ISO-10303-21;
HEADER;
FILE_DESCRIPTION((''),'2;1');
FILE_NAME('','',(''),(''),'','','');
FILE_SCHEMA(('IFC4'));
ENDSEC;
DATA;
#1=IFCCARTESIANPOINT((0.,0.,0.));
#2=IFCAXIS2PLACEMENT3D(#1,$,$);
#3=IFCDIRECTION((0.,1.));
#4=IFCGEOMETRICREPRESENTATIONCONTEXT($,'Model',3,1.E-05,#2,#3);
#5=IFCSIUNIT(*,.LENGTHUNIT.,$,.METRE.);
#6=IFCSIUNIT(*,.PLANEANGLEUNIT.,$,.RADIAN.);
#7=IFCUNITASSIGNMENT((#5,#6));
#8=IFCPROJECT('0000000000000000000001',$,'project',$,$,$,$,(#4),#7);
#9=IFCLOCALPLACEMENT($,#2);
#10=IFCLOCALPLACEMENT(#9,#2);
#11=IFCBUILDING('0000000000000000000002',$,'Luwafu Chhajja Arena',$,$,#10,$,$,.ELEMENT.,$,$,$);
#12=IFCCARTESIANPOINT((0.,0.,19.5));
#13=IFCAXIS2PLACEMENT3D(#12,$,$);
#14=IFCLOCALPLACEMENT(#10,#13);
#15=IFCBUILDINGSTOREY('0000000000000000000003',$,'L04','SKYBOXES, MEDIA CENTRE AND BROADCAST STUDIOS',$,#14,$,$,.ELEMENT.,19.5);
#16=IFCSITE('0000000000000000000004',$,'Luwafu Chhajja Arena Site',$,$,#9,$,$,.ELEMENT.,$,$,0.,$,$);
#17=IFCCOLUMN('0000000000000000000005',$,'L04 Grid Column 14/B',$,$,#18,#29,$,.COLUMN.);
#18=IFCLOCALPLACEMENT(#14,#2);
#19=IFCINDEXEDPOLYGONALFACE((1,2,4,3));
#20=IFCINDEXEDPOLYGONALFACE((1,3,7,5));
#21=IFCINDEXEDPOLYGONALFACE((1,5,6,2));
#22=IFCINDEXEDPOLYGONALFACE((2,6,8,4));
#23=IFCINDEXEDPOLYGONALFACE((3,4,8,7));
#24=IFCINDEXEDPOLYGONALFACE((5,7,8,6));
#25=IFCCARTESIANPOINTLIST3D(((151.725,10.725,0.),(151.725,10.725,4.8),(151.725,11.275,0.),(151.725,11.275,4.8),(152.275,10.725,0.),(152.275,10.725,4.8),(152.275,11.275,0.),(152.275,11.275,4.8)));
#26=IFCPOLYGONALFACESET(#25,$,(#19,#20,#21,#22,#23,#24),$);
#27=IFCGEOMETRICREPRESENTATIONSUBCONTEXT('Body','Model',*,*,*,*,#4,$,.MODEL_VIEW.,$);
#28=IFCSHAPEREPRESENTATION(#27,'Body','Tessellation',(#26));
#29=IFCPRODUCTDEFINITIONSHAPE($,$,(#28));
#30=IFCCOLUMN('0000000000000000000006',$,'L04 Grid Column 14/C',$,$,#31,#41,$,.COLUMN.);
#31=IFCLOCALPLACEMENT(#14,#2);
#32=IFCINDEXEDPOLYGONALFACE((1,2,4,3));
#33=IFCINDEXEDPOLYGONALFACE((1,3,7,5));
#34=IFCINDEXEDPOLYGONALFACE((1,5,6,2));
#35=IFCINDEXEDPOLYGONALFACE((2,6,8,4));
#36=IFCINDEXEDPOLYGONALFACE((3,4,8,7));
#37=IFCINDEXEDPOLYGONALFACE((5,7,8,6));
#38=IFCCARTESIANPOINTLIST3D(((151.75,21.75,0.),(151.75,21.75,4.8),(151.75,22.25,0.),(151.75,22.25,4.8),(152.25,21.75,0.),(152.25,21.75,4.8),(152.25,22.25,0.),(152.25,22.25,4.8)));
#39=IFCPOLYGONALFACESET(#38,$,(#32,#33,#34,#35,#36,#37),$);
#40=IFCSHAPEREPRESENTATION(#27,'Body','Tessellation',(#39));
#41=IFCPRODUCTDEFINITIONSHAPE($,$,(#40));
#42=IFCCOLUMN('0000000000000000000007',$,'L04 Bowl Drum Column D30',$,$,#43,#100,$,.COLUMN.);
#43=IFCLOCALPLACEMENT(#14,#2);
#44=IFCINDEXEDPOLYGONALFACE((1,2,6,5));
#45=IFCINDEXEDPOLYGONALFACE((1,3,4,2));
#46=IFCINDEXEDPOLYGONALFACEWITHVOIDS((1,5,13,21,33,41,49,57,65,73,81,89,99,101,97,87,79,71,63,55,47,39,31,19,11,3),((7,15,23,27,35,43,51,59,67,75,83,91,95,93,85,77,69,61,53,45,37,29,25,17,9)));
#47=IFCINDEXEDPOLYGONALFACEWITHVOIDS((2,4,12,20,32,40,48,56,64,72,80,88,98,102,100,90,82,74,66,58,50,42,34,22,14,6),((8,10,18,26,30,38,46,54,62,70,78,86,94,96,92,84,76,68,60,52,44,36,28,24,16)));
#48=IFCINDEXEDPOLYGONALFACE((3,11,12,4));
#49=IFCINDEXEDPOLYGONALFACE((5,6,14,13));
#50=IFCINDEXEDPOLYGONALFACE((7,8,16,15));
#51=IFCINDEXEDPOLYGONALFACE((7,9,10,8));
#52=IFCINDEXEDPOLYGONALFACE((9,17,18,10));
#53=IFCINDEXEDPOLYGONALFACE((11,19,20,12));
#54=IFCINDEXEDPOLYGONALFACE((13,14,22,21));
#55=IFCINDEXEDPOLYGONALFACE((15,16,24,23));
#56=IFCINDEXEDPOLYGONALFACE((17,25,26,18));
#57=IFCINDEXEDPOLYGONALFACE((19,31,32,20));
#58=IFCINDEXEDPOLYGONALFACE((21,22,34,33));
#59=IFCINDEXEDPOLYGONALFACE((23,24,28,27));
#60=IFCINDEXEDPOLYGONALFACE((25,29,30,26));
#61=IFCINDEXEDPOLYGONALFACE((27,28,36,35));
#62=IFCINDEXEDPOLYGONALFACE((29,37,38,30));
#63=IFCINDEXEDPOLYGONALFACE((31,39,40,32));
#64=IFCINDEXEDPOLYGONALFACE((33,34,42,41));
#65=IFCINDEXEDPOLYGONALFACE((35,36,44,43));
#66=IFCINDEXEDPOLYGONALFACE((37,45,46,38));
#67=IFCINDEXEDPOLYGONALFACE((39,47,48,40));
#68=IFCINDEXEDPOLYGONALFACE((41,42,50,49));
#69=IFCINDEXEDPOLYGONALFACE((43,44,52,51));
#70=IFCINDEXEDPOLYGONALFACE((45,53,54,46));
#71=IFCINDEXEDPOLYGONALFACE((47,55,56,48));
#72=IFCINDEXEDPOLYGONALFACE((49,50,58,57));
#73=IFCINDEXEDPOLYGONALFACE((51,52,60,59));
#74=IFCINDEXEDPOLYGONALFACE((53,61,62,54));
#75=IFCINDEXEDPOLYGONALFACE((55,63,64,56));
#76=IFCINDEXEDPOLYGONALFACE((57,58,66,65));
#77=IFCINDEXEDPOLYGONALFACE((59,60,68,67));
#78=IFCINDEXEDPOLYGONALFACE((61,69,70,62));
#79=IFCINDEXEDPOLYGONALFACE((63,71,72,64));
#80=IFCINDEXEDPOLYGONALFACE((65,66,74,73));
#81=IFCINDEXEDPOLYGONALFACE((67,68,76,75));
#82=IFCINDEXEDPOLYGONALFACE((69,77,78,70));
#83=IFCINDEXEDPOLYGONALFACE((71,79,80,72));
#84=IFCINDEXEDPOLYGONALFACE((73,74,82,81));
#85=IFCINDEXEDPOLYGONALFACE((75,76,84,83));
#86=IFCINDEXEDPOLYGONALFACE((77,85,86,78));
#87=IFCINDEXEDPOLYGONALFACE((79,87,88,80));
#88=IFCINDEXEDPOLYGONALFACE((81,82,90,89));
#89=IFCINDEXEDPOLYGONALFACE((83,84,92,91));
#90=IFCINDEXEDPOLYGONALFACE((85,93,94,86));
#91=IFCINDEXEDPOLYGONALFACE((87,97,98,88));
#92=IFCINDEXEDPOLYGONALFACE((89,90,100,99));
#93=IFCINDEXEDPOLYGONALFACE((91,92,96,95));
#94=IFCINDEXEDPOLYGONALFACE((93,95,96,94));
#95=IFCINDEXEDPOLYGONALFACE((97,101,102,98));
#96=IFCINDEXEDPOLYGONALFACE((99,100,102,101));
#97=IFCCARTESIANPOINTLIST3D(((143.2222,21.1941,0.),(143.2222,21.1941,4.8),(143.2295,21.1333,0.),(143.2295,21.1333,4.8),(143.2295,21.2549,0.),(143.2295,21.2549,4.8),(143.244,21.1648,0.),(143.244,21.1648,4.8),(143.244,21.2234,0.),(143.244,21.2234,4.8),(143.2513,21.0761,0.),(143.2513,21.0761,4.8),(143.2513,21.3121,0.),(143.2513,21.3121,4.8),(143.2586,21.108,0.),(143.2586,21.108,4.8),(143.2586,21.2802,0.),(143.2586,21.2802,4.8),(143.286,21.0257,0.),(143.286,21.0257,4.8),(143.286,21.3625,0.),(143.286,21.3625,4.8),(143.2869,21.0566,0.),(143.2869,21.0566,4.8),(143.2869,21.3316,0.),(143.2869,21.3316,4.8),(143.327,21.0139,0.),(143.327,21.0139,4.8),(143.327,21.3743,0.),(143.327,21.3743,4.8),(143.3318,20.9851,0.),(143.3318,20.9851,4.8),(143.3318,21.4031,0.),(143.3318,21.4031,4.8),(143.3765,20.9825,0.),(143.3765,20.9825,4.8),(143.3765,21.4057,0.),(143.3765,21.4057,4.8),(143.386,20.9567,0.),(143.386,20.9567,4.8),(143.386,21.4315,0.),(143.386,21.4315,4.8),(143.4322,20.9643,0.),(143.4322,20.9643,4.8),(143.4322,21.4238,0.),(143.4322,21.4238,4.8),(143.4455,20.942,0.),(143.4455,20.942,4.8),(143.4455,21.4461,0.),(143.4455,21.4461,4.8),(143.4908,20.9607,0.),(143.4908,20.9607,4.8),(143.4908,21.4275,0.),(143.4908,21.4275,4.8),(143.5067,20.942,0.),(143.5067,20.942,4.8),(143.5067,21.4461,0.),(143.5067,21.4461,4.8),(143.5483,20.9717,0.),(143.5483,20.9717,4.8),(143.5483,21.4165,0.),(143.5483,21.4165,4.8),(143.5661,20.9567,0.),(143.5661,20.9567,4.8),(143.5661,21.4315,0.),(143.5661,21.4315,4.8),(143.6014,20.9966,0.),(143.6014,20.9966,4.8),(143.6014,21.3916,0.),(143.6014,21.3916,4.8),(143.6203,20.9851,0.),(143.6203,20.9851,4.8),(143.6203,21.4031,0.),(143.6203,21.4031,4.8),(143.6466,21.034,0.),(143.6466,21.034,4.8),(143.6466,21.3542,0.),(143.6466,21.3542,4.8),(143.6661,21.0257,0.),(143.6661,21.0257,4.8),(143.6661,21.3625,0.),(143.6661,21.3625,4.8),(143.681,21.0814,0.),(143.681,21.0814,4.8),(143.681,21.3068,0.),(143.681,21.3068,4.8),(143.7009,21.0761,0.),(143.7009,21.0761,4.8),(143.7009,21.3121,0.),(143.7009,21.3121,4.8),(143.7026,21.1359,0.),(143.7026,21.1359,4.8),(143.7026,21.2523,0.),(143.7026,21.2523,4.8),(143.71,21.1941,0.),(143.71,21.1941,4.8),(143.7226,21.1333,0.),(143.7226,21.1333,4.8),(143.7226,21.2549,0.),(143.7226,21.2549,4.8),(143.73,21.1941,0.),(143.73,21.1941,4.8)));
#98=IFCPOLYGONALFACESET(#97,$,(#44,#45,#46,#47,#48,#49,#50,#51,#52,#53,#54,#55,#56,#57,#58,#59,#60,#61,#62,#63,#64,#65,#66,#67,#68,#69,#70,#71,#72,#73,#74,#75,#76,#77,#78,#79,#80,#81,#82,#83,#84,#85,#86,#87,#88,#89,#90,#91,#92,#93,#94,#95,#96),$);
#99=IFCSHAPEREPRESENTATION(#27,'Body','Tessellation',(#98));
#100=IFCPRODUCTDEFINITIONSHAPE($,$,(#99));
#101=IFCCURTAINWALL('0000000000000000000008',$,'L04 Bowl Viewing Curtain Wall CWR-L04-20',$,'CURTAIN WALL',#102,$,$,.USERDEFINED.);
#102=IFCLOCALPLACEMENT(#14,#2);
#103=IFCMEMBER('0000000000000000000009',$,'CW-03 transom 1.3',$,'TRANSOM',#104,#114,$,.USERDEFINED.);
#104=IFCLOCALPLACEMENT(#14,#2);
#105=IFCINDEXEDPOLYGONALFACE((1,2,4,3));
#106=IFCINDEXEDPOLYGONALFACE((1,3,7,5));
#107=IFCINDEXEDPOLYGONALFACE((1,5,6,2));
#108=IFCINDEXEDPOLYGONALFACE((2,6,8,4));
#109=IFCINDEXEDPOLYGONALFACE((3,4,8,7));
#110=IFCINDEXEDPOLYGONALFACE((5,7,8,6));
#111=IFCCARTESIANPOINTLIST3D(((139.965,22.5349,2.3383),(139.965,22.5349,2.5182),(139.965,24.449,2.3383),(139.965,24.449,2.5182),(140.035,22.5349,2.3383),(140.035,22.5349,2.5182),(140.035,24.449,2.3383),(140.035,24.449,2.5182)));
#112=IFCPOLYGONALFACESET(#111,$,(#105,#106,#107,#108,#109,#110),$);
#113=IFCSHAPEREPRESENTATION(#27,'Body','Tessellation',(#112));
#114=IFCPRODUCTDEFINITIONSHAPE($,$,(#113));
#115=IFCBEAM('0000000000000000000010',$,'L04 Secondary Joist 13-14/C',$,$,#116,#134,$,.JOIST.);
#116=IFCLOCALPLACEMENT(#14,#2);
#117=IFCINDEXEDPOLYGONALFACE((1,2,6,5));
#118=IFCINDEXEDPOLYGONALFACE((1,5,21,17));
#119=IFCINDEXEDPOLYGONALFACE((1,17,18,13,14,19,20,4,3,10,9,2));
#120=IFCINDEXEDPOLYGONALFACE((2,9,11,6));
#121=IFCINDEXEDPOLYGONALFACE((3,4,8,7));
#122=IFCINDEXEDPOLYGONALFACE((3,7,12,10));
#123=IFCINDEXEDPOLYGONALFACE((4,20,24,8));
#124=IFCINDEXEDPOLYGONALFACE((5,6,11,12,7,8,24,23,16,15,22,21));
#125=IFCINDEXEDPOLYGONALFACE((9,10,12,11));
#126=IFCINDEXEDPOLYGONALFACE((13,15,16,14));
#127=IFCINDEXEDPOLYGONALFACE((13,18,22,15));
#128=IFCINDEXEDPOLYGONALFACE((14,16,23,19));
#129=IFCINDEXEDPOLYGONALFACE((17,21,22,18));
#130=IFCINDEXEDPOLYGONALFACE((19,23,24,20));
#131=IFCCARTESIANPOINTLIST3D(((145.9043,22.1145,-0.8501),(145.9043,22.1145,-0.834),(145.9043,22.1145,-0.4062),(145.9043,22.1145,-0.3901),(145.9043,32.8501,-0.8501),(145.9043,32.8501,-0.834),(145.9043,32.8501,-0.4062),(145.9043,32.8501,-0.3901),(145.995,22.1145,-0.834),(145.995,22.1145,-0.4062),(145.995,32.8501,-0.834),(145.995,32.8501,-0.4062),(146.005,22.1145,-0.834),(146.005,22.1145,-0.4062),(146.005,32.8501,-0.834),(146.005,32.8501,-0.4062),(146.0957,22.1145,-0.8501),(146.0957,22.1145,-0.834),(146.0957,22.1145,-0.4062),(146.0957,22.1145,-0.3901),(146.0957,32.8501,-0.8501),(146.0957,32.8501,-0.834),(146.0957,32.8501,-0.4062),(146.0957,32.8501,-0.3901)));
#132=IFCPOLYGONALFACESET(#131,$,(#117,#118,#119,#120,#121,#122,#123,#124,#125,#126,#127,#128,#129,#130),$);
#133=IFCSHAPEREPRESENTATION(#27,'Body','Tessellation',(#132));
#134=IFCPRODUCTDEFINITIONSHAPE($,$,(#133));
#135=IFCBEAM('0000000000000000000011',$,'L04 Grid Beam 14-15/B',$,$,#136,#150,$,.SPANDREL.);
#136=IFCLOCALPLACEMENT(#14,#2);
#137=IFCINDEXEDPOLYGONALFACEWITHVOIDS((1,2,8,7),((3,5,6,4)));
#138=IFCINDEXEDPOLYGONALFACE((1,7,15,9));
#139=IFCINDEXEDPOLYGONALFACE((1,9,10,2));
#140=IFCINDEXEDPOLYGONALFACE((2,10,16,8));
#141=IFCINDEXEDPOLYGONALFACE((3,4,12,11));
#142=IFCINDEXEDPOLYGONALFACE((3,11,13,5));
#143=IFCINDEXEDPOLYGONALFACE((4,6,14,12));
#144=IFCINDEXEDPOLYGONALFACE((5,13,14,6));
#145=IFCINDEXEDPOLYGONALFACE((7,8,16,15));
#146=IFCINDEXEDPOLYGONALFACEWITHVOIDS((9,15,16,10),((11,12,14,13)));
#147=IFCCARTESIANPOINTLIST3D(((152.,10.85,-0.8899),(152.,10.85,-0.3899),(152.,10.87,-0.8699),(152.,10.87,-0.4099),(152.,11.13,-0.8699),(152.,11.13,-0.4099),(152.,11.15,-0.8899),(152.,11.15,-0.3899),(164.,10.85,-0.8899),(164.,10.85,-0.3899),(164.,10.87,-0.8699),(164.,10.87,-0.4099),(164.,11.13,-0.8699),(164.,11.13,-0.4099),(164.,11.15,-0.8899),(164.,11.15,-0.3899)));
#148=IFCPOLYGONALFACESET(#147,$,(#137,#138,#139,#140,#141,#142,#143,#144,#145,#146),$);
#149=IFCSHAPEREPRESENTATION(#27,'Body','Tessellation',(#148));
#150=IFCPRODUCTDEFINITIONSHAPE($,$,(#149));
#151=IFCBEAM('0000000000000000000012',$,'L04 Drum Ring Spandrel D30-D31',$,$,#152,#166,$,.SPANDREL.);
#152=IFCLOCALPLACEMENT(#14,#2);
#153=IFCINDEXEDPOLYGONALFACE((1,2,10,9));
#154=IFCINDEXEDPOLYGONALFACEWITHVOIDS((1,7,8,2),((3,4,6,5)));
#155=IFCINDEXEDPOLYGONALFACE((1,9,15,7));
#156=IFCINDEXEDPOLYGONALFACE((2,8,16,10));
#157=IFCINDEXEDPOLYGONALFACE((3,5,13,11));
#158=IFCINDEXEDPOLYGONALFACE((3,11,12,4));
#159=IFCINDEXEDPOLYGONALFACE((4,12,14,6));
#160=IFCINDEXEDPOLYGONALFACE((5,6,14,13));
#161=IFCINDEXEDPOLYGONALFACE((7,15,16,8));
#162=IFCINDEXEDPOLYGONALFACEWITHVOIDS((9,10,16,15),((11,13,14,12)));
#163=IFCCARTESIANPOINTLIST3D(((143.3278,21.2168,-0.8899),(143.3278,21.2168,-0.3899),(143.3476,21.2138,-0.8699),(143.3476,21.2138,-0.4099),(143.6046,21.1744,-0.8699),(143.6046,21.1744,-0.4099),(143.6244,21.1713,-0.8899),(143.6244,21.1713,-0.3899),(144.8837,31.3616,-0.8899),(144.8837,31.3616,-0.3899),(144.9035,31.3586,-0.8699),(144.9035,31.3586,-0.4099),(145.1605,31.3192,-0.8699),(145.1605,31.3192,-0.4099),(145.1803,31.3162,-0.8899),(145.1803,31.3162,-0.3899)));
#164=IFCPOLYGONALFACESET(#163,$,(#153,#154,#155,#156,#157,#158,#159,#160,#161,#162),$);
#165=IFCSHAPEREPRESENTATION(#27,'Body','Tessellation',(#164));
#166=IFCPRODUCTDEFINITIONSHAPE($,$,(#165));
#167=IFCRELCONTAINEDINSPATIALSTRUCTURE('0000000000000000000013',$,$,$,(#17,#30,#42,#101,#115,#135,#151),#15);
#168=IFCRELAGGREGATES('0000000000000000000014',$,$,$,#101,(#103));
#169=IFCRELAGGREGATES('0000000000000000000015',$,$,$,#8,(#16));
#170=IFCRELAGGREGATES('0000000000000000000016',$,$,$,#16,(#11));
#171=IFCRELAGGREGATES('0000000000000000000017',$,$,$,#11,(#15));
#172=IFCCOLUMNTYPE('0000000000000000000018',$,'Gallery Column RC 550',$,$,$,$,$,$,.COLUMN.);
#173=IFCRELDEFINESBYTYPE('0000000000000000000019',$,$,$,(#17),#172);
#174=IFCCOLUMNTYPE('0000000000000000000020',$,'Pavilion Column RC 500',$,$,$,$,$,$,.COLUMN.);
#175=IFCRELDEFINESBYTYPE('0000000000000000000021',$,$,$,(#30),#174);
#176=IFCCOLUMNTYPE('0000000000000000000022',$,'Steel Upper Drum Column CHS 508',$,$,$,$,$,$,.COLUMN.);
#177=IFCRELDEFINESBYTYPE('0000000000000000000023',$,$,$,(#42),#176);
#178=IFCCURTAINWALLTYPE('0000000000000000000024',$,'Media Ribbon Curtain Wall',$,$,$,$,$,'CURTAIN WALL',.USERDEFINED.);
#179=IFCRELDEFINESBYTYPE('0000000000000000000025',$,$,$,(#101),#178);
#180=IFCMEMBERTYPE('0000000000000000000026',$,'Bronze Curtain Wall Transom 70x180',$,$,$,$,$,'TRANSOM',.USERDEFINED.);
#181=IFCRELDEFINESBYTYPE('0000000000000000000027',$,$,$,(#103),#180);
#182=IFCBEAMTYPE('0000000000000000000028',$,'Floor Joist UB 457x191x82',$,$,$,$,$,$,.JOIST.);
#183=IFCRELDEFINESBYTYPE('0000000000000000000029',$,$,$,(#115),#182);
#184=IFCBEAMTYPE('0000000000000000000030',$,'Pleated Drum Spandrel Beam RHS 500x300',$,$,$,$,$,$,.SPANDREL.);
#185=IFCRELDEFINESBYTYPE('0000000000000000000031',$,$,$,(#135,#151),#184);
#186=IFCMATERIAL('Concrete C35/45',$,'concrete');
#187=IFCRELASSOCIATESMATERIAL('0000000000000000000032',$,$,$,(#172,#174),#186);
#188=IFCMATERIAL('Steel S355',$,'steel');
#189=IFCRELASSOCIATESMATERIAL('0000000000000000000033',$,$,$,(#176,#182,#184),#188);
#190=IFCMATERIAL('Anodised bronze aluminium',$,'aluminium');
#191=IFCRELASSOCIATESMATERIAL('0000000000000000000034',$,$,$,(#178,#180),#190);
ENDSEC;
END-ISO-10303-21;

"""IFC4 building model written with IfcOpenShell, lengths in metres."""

from ifc_helpers import new_model, si_unit, direction, frame, origin, origin_2d, place, context, subcontext, project, spatial, rectangle, hollow_rectangle, hollow_circle, i_section, extrude, material, material_profile, profile_set, type_object, element, aggregate, save


model = new_model("IFC4")

# Units and contexts
model_context = context("Model", 3, precision=1e-05, world=origin(), true_north=direction((0.0, 1.0)))
body_context = subcontext(model_context, "Body", "Model", "MODEL_VIEW")
ifc_project = project(units=[si_unit("LENGTHUNIT", "METRE"), si_unit("PLANEANGLEUNIT", "RADIAN")], contexts=[model_context])

# Site, building, storey
site_placement = place(None, origin())
site = spatial("IfcSite", under=ifc_project, at=site_placement, Name="Luwafu Chhajja Arena Site", CompositionType="ELEMENT", RefElevation=0.0)
building_placement = place(site_placement, origin())
building = spatial("IfcBuilding", under=site, at=building_placement, Name="Luwafu Chhajja Arena", CompositionType="ELEMENT")
storey_placement = place(building_placement, frame((0.0, 0.0, 19.5)))
storey = spatial("IfcBuildingStorey", under=building, at=storey_placement, Name="L04", Description="SKYBOXES, MEDIA CENTRE AND BROADCAST STUDIOS", CompositionType="ELEMENT", Elevation=19.5)

# Columns
ifc_material_1 = material(Name="Concrete C35/45", Category="concrete")
ifc_material_profile_1 = material_profile(ifc_material_1, rectangle(XDim=0.55, YDim=0.55, at=origin_2d()), Name="RC 550x550")
ifc_profile_set_1 = profile_set([ifc_material_profile_1], Name="Concrete C35/45")
column_type_1 = type_object("IfcColumnType", Name="Gallery Column RC 550", PredefinedType="COLUMN", material=ifc_profile_set_1)
column_1_placement = place(storey_placement, frame((152.0, 11.0, 0.0), z_axis=(0.0, 0.0, 1.0), x_axis=(1.0, 0.0, 0.0)))
element("IfcColumn", 1, at=column_1_placement, inside=storey, type_object=column_type_1, Name="L04 Grid Column 14/B", PredefinedType="COLUMN", context=body_context, shape_type="SweptSolid", body=[
    extrude(rectangle(XDim=0.55, YDim=0.55, at=origin_2d()), origin(), (0.0, 0.0, 1.0), 4.8),
])
ifc_material_profile_2 = material_profile(ifc_material_1, rectangle(XDim=0.5, YDim=0.5, at=origin_2d()), Name="RC 500x500")
ifc_profile_set_2 = profile_set([ifc_material_profile_2], Name="Concrete C35/45")
column_type_2 = type_object("IfcColumnType", Name="Pavilion Column RC 500", PredefinedType="COLUMN", material=ifc_profile_set_2)
column_2_placement = place(storey_placement, frame((152.0, 22.0, 0.0), z_axis=(0.0, 0.0, 1.0), x_axis=(1.0, 0.0, 0.0)))
element("IfcColumn", 2, at=column_2_placement, inside=storey, type_object=column_type_2, Name="L04 Grid Column 14/C", PredefinedType="COLUMN", context=body_context, shape_type="SweptSolid", body=[
    extrude(rectangle(XDim=0.5, YDim=0.5, at=origin_2d()), origin(), (0.0, 0.0, 1.0), 4.8),
])
ifc_material_2 = material(Name="Steel S355", Category="steel")
ifc_material_profile_3 = material_profile(ifc_material_2, hollow_circle(Radius=0.2539, WallThickness=0.02, at=origin_2d()), Name="CHS 508x20")
ifc_profile_set_3 = profile_set([ifc_material_profile_3], Name="Steel S355")
column_type_3 = type_object("IfcColumnType", Name="Steel Upper Drum Column CHS 508", PredefinedType="COLUMN", material=ifc_profile_set_3)
column_3_placement = place(storey_placement, frame((143.4761, 21.1941, 0.0), z_axis=(0.0, 0.0, 1.0), x_axis=(1.0, 0.0, 0.0)))
element("IfcColumn", 3, at=column_3_placement, inside=storey, type_object=column_type_3, Name="L04 Bowl Drum Column D30", PredefinedType="COLUMN", context=body_context, shape_type="SweptSolid", body=[
    extrude(hollow_circle(Radius=0.2539, WallThickness=0.02, at=origin_2d()), origin(), (0.0, 0.0, 1.0), 4.8),
])

# Curtain wall, member
ifc_material_3 = material(Name="Anodised bronze aluminium", Category="aluminium")
curtain_wall_type = type_object("IfcCurtainWallType", Name="Media Ribbon Curtain Wall", ElementType="CURTAIN WALL", PredefinedType="USERDEFINED", material=ifc_material_3)
curtain_wall_placement = place(storey_placement, origin())
curtain_wall = element("IfcCurtainWall", 4, at=curtain_wall_placement, inside=storey, type_object=curtain_wall_type, Name="L04 Bowl Viewing Curtain Wall CWR-L04-20", ObjectType="CURTAIN WALL", PredefinedType="USERDEFINED")
ifc_material_profile_4 = material_profile(ifc_material_3, rectangle(XDim=0.0701, YDim=0.1799, at=origin_2d()), Name="CWT 70x180")
ifc_profile_set_4 = profile_set([ifc_material_profile_4], Name="Anodised bronze aluminium")
member_type = type_object("IfcMemberType", Name="Bronze Curtain Wall Transom 70x180", ElementType="TRANSOM", PredefinedType="USERDEFINED", material=ifc_profile_set_4)
member_placement = place(storey_placement, frame((140.0, 22.5349, 2.4282), z_axis=(0.0, 1.0, 0.0), x_axis=(-1.0, 0.0, 0.0)))
member = element("IfcMember", 5, at=member_placement, type_object=member_type, Name="CW-03 transom 1.3", ObjectType="TRANSOM", PredefinedType="USERDEFINED", context=body_context, shape_type="SweptSolid", body=[
    extrude(rectangle(XDim=0.0701, YDim=0.1799, at=origin_2d()), origin(), (0.0, 0.0, 1.0), 1.9141),
])
aggregate(curtain_wall, [member])

# Beams
ifc_material_profile_5 = material_profile(ifc_material_2, i_section(OverallWidth=0.1914, OverallDepth=0.46, WebThickness=0.01, FlangeThickness=0.0161, at=origin_2d()), Name="UB 457x191x82")
ifc_profile_set_5 = profile_set([ifc_material_profile_5], Name="Steel S355")
beam_type_1 = type_object("IfcBeamType", Name="Floor Joist UB 457x191x82", PredefinedType="JOIST", material=ifc_profile_set_5)
beam_1_placement = place(storey_placement, frame((146.0, 22.1145, -0.6201), z_axis=(0.0, 1.0, 0.0), x_axis=(-1.0, 0.0, 0.0)))
element("IfcBeam", 6, at=beam_1_placement, inside=storey, type_object=beam_type_1, Name="L04 Secondary Joist 13-14/C", PredefinedType="JOIST", context=body_context, shape_type="SweptSolid", body=[
    extrude(i_section(OverallWidth=0.1914, OverallDepth=0.46, WebThickness=0.01, FlangeThickness=0.0161, at=origin_2d()), origin(), (0.0, 0.0, 1.0), 10.7356),
])
ifc_material_profile_6 = material_profile(ifc_material_2, hollow_rectangle(XDim=0.3, YDim=0.5, WallThickness=0.02, at=origin_2d()), Name="RHS 500x300x20")
ifc_profile_set_6 = profile_set([ifc_material_profile_6], Name="Steel S355")
beam_type_2 = type_object("IfcBeamType", Name="Pleated Drum Spandrel Beam RHS 500x300", PredefinedType="SPANDREL", material=ifc_profile_set_6)
beam_2_placement = place(storey_placement, frame((152.0, 11.0, -0.6399), z_axis=(1.0, 0.0, 0.0), x_axis=(0.0, 1.0, 0.0)))
element("IfcBeam", 7, at=beam_2_placement, inside=storey, type_object=beam_type_2, Name="L04 Grid Beam 14-15/B", PredefinedType="SPANDREL", context=body_context, shape_type="SweptSolid", body=[
    extrude(hollow_rectangle(XDim=0.3, YDim=0.5, WallThickness=0.02, at=origin_2d()), origin(), (0.0, 0.0, 1.0), 12.0),
])
beam_3_placement = place(storey_placement, frame((143.4761, 21.1941, -0.6399), z_axis=(0.151598, 0.988442, 0.0), x_axis=(-0.988442, 0.151598, 0.0)))
element("IfcBeam", 8, at=beam_3_placement, inside=storey, type_object=beam_type_2, Name="L04 Drum Ring Spandrel D30-D31", PredefinedType="SPANDREL", context=body_context, shape_type="SweptSolid", body=[
    extrude(hollow_rectangle(XDim=0.3, YDim=0.5, WallThickness=0.02, at=origin_2d()), origin(), (0.0, 0.0, 1.0), 10.2634),
])

save(model, "model.ifc")
